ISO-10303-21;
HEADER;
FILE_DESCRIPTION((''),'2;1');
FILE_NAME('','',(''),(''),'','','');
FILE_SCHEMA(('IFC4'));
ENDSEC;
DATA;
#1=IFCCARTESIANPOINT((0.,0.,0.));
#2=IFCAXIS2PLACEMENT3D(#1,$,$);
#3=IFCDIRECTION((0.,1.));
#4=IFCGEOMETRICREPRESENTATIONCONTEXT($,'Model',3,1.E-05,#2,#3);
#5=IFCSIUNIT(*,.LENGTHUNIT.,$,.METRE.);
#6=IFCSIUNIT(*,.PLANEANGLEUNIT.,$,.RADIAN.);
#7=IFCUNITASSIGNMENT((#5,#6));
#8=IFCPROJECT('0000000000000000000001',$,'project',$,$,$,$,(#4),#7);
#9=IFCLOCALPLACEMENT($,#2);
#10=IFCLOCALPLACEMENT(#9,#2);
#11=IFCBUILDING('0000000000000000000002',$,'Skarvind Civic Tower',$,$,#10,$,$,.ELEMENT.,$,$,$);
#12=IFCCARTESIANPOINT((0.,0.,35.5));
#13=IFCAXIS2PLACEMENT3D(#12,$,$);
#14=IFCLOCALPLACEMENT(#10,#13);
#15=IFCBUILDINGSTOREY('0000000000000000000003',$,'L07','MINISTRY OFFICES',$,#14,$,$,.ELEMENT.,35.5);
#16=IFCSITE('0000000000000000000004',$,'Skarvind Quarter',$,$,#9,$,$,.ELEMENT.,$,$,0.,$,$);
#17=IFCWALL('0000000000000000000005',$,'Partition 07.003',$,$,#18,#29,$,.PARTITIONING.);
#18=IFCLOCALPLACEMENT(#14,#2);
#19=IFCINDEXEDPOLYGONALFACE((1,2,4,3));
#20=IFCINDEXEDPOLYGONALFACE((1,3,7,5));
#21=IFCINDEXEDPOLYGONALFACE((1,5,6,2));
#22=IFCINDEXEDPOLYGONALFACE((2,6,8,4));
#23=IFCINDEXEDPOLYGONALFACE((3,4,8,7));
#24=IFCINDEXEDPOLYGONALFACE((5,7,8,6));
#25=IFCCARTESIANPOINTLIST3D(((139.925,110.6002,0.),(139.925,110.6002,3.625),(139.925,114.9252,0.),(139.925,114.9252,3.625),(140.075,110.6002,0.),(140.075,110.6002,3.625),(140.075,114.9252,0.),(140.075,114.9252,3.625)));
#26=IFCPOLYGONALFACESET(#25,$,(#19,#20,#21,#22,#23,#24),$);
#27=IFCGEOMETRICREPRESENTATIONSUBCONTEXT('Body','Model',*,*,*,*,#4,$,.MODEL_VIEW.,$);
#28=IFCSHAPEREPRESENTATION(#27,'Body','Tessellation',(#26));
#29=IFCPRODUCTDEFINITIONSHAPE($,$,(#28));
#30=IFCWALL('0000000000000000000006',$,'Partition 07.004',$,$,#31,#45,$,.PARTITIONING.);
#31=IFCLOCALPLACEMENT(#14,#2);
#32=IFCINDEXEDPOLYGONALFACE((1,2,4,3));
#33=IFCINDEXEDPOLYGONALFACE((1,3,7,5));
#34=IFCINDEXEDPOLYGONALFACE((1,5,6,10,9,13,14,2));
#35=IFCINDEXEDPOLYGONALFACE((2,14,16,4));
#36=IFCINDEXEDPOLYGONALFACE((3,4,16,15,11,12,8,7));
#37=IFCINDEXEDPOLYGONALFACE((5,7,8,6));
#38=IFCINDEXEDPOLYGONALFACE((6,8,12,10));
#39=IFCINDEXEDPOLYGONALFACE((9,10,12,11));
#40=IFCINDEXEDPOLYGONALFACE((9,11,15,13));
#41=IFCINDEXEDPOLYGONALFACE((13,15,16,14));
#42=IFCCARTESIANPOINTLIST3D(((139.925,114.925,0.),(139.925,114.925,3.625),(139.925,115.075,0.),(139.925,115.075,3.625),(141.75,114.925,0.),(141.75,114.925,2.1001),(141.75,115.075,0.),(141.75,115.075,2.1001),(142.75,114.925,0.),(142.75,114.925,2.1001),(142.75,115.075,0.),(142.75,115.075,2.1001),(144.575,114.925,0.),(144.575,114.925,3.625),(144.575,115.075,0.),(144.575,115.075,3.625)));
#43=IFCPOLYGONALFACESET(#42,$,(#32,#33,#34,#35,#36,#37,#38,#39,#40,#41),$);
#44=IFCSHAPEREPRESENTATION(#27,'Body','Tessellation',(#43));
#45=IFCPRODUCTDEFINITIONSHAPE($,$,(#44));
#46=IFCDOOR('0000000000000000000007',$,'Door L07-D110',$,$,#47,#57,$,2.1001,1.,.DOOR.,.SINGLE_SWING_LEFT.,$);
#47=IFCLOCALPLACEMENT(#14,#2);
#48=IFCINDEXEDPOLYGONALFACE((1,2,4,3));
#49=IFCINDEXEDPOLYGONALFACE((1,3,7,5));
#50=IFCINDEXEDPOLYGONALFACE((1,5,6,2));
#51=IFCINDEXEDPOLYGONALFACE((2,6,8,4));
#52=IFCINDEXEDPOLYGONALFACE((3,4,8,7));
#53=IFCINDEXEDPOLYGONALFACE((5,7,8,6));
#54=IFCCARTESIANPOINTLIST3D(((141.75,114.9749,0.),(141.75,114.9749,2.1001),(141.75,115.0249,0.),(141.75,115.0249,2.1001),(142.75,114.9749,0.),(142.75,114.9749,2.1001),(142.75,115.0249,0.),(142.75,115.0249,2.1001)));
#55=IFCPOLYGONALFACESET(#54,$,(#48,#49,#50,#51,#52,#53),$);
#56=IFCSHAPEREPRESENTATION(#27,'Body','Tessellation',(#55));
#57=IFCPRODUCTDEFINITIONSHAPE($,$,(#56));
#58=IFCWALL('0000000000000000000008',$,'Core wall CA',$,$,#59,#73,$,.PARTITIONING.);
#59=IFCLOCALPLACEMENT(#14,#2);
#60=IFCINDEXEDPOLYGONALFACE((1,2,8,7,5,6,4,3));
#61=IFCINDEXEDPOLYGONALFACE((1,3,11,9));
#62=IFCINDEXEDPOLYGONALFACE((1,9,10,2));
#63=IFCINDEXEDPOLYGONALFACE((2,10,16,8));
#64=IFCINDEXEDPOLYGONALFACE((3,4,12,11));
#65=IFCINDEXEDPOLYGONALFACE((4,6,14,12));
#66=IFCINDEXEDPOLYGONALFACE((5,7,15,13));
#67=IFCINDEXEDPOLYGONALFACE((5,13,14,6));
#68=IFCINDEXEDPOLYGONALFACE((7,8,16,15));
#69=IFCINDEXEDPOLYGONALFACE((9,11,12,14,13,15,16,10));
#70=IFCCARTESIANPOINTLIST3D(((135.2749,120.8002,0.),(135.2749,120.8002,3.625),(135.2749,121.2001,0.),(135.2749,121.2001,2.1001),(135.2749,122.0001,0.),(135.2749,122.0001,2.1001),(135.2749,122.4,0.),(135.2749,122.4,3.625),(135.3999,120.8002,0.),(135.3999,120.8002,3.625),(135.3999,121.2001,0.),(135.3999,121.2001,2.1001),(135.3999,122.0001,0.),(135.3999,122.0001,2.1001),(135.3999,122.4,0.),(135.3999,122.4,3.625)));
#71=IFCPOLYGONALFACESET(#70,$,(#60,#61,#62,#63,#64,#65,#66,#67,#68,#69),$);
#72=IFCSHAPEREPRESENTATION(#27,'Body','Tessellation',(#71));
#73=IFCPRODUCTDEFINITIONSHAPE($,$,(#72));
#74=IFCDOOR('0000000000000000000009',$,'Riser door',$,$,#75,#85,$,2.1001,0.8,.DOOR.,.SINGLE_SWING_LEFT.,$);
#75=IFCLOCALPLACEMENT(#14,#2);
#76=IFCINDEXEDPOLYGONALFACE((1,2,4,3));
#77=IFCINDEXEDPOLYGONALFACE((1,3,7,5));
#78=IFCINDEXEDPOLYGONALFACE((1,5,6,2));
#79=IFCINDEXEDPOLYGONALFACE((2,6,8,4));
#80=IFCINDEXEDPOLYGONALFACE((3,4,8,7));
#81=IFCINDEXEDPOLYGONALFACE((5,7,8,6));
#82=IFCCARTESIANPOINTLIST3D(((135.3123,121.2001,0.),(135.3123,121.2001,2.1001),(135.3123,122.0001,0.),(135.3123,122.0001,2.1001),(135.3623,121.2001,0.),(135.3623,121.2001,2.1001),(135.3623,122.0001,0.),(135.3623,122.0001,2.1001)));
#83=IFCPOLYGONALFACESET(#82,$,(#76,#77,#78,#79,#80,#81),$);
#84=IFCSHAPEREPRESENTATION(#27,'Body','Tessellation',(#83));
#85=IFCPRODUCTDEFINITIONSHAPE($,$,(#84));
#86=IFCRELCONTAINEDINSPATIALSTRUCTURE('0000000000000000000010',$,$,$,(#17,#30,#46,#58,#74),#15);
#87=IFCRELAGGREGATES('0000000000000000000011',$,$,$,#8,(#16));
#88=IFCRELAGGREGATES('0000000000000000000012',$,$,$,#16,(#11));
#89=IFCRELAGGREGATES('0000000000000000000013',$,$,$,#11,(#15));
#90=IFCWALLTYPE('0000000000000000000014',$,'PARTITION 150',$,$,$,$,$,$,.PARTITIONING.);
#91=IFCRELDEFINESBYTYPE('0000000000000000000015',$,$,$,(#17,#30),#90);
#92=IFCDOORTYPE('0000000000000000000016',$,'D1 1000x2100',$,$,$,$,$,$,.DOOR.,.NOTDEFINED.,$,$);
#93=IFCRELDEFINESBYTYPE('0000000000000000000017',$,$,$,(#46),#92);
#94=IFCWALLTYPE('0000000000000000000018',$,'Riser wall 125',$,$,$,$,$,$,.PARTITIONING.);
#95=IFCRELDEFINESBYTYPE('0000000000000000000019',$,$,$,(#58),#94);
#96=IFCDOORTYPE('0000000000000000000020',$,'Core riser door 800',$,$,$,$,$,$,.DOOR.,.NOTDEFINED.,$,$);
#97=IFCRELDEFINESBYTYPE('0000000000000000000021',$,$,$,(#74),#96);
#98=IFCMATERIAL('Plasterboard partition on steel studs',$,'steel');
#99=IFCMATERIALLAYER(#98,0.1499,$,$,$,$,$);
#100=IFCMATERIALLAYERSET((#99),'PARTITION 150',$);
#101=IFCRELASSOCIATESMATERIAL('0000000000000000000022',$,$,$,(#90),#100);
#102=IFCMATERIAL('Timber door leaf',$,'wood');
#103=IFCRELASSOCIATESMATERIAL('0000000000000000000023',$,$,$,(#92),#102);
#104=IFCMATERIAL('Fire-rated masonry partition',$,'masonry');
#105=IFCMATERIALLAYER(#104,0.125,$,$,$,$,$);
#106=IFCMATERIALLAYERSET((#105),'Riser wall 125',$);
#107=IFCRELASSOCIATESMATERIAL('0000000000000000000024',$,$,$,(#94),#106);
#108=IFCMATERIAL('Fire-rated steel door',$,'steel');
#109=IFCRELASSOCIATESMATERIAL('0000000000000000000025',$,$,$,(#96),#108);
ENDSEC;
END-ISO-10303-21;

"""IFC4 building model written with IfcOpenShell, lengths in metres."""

from ifc_helpers import new_model, si_unit, direction, frame, frame_2d, origin, place, context, subcontext, project, spatial, rectangle, extrude, material, layer, layer_set, type_object, element, fill, save


model = new_model("IFC4")

# Units and contexts
model_context = context("Model", 3, precision=1e-05, world=origin(), true_north=direction((0.0, 1.0)))
body_context = subcontext(model_context, "Body", "Model", "MODEL_VIEW")
ifc_project = project(units=[si_unit("LENGTHUNIT", "METRE"), si_unit("PLANEANGLEUNIT", "RADIAN")], contexts=[model_context])

# Site, building, storey
site_placement = place(None, origin())
site = spatial("IfcSite", under=ifc_project, at=site_placement, Name="Skarvind Quarter", CompositionType="ELEMENT", RefElevation=0.0)
building_placement = place(site_placement, origin())
building = spatial("IfcBuilding", under=site, at=building_placement, Name="Skarvind Civic Tower", CompositionType="ELEMENT")
storey_placement = place(building_placement, frame((0.0, 0.0, 35.5)))
storey = spatial("IfcBuildingStorey", under=building, at=storey_placement, Name="L07", Description="MINISTRY OFFICES", CompositionType="ELEMENT", Elevation=35.5)

# Shared definitions
ifc_material_1 = material(Name="Timber door leaf", Category="wood")
ifc_material_2 = material(Name="Fire-rated masonry partition", Category="masonry")
ifc_material_3 = material(Name="Fire-rated steel door", Category="steel")

# Wall
ifc_material_4 = material(Name="Plasterboard partition on steel studs", Category="steel")
ifc_layer_1 = layer(ifc_material_4, 0.1499)
ifc_layer_set_1 = layer_set([ifc_layer_1], Name="PARTITION 150")
wall_type_1 = type_object("IfcWallType", Name="PARTITION 150", PredefinedType="PARTITIONING", material=ifc_layer_set_1)
wall_1_placement = place(storey_placement, frame((140.0, 110.6001, 0.0), z_axis=(0.0, 0.0, 1.0), x_axis=(0.0, 1.0, 0.0)))
element("IfcWall", 1, at=wall_1_placement, inside=storey, type_object=wall_type_1, Name="Partition 07.003", PredefinedType="PARTITIONING", context=body_context, shape_type="SweptSolid", body=[
    extrude(rectangle(XDim=4.325, YDim=0.1499, at=frame_2d((2.1626, 0.0))), origin(), (0.0, 0.0, 1.0), 3.625),
])

# Walls, openings, doors
wall_2_placement = place(storey_placement, frame((139.925, 115.0, 0.0), z_axis=(0.0, 0.0, 1.0), x_axis=(1.0, 0.0, 0.0)))
wall_2 = element("IfcWall", 2, at=wall_2_placement, inside=storey, type_object=wall_type_1, Name="Partition 07.004", PredefinedType="PARTITIONING", context=body_context, shape_type="SweptSolid", body=[
    extrude(rectangle(XDim=4.6499, YDim=0.1499, at=frame_2d((2.325, 0.0))), origin(), (0.0, 0.0, 1.0), 3.625),
])
opening_1_placement = place(wall_2_placement, frame((1.825, 0.0, 0.0)))
opening_1 = element("IfcOpeningElement", 3, at=opening_1_placement, cuts=wall_2, PredefinedType="OPENING", context=body_context, shape_type="SweptSolid", body=[
    extrude(rectangle(XDim=1.0, YDim=2.1001, at=frame_2d((0.5, 1.05))), frame((0.0, 0.085, 0.0), z_axis=(0.0, -1.0, 0.0), x_axis=(1.0, 0.0, 0.0)), (0.0, 0.0, 1.0), 0.1699),
])
door_type_1 = type_object("IfcDoorType", Name="D1 1000x2100", OperationType="NOTDEFINED", PredefinedType="DOOR", material=ifc_material_1)
door_1_placement = place(opening_1_placement, origin())
door_1 = element("IfcDoor", 4, at=door_1_placement, inside=storey, type_object=door_type_1, Name="Door L07-D110", OperationType="SINGLE_SWING_LEFT", OverallHeight=2.1001, OverallWidth=1.0, PredefinedType="DOOR", context=body_context, shape_type="SweptSolid", body=[
    extrude(rectangle(XDim=1.0, YDim=2.1001, at=frame_2d((0.5, 1.05))), frame((0.0, 0.0249, 0.0), z_axis=(0.0, -1.0, 0.0), x_axis=(1.0, 0.0, 0.0)), (0.0, 0.0, 1.0), 0.05),
])
fill(opening_1, door_1)
ifc_layer_2 = layer(ifc_material_2, 0.125)
ifc_layer_set_2 = layer_set([ifc_layer_2], Name="Riser wall 125")
wall_type_2 = type_object("IfcWallType", Name="Riser wall 125", PredefinedType="PARTITIONING", material=ifc_layer_set_2)
wall_3_placement = place(storey_placement, frame((135.3374, 122.3999, 0.0), z_axis=(0.0, 0.0, 1.0), x_axis=(0.0, -1.0, 0.0)))
wall_3 = element("IfcWall", 5, at=wall_3_placement, inside=storey, type_object=wall_type_2, Name="Core wall CA", PredefinedType="PARTITIONING", context=body_context, shape_type="SweptSolid", body=[
    extrude(rectangle(XDim=1.5999, YDim=0.125, at=frame_2d((0.7998, 0.0))), origin(), (0.0, 0.0, 1.0), 3.625),
])
opening_2_placement = place(wall_3_placement, frame((0.3999, 0.0, 0.0)))
opening_2 = element("IfcOpeningElement", 6, at=opening_2_placement, cuts=wall_3, PredefinedType="OPENING", context=body_context, shape_type="SweptSolid", body=[
    extrude(rectangle(XDim=0.8, YDim=2.1001, at=frame_2d((0.3999, 1.05))), frame((0.0, 0.0725, 0.0), z_axis=(0.0, -1.0, 0.0), x_axis=(1.0, 0.0, 0.0)), (0.0, 0.0, 1.0), 0.145),
])
door_type_2 = type_object("IfcDoorType", Name="Core riser door 800", OperationType="NOTDEFINED", PredefinedType="DOOR", material=ifc_material_3)
door_2_placement = place(opening_2_placement, origin())
door_2 = element("IfcDoor", 7, at=door_2_placement, inside=storey, type_object=door_type_2, Name="Riser door", OperationType="SINGLE_SWING_LEFT", OverallHeight=2.1001, OverallWidth=0.8, PredefinedType="DOOR", context=body_context, shape_type="SweptSolid", body=[
    extrude(rectangle(XDim=0.8, YDim=2.1001, at=frame_2d((0.3999, 1.05))), frame((0.0, 0.0249, 0.0), z_axis=(0.0, -1.0, 0.0), x_axis=(1.0, 0.0, 0.0)), (0.0, 0.0, 1.0), 0.05),
])
fill(opening_2, door_2)

save(model, "model.ifc")
